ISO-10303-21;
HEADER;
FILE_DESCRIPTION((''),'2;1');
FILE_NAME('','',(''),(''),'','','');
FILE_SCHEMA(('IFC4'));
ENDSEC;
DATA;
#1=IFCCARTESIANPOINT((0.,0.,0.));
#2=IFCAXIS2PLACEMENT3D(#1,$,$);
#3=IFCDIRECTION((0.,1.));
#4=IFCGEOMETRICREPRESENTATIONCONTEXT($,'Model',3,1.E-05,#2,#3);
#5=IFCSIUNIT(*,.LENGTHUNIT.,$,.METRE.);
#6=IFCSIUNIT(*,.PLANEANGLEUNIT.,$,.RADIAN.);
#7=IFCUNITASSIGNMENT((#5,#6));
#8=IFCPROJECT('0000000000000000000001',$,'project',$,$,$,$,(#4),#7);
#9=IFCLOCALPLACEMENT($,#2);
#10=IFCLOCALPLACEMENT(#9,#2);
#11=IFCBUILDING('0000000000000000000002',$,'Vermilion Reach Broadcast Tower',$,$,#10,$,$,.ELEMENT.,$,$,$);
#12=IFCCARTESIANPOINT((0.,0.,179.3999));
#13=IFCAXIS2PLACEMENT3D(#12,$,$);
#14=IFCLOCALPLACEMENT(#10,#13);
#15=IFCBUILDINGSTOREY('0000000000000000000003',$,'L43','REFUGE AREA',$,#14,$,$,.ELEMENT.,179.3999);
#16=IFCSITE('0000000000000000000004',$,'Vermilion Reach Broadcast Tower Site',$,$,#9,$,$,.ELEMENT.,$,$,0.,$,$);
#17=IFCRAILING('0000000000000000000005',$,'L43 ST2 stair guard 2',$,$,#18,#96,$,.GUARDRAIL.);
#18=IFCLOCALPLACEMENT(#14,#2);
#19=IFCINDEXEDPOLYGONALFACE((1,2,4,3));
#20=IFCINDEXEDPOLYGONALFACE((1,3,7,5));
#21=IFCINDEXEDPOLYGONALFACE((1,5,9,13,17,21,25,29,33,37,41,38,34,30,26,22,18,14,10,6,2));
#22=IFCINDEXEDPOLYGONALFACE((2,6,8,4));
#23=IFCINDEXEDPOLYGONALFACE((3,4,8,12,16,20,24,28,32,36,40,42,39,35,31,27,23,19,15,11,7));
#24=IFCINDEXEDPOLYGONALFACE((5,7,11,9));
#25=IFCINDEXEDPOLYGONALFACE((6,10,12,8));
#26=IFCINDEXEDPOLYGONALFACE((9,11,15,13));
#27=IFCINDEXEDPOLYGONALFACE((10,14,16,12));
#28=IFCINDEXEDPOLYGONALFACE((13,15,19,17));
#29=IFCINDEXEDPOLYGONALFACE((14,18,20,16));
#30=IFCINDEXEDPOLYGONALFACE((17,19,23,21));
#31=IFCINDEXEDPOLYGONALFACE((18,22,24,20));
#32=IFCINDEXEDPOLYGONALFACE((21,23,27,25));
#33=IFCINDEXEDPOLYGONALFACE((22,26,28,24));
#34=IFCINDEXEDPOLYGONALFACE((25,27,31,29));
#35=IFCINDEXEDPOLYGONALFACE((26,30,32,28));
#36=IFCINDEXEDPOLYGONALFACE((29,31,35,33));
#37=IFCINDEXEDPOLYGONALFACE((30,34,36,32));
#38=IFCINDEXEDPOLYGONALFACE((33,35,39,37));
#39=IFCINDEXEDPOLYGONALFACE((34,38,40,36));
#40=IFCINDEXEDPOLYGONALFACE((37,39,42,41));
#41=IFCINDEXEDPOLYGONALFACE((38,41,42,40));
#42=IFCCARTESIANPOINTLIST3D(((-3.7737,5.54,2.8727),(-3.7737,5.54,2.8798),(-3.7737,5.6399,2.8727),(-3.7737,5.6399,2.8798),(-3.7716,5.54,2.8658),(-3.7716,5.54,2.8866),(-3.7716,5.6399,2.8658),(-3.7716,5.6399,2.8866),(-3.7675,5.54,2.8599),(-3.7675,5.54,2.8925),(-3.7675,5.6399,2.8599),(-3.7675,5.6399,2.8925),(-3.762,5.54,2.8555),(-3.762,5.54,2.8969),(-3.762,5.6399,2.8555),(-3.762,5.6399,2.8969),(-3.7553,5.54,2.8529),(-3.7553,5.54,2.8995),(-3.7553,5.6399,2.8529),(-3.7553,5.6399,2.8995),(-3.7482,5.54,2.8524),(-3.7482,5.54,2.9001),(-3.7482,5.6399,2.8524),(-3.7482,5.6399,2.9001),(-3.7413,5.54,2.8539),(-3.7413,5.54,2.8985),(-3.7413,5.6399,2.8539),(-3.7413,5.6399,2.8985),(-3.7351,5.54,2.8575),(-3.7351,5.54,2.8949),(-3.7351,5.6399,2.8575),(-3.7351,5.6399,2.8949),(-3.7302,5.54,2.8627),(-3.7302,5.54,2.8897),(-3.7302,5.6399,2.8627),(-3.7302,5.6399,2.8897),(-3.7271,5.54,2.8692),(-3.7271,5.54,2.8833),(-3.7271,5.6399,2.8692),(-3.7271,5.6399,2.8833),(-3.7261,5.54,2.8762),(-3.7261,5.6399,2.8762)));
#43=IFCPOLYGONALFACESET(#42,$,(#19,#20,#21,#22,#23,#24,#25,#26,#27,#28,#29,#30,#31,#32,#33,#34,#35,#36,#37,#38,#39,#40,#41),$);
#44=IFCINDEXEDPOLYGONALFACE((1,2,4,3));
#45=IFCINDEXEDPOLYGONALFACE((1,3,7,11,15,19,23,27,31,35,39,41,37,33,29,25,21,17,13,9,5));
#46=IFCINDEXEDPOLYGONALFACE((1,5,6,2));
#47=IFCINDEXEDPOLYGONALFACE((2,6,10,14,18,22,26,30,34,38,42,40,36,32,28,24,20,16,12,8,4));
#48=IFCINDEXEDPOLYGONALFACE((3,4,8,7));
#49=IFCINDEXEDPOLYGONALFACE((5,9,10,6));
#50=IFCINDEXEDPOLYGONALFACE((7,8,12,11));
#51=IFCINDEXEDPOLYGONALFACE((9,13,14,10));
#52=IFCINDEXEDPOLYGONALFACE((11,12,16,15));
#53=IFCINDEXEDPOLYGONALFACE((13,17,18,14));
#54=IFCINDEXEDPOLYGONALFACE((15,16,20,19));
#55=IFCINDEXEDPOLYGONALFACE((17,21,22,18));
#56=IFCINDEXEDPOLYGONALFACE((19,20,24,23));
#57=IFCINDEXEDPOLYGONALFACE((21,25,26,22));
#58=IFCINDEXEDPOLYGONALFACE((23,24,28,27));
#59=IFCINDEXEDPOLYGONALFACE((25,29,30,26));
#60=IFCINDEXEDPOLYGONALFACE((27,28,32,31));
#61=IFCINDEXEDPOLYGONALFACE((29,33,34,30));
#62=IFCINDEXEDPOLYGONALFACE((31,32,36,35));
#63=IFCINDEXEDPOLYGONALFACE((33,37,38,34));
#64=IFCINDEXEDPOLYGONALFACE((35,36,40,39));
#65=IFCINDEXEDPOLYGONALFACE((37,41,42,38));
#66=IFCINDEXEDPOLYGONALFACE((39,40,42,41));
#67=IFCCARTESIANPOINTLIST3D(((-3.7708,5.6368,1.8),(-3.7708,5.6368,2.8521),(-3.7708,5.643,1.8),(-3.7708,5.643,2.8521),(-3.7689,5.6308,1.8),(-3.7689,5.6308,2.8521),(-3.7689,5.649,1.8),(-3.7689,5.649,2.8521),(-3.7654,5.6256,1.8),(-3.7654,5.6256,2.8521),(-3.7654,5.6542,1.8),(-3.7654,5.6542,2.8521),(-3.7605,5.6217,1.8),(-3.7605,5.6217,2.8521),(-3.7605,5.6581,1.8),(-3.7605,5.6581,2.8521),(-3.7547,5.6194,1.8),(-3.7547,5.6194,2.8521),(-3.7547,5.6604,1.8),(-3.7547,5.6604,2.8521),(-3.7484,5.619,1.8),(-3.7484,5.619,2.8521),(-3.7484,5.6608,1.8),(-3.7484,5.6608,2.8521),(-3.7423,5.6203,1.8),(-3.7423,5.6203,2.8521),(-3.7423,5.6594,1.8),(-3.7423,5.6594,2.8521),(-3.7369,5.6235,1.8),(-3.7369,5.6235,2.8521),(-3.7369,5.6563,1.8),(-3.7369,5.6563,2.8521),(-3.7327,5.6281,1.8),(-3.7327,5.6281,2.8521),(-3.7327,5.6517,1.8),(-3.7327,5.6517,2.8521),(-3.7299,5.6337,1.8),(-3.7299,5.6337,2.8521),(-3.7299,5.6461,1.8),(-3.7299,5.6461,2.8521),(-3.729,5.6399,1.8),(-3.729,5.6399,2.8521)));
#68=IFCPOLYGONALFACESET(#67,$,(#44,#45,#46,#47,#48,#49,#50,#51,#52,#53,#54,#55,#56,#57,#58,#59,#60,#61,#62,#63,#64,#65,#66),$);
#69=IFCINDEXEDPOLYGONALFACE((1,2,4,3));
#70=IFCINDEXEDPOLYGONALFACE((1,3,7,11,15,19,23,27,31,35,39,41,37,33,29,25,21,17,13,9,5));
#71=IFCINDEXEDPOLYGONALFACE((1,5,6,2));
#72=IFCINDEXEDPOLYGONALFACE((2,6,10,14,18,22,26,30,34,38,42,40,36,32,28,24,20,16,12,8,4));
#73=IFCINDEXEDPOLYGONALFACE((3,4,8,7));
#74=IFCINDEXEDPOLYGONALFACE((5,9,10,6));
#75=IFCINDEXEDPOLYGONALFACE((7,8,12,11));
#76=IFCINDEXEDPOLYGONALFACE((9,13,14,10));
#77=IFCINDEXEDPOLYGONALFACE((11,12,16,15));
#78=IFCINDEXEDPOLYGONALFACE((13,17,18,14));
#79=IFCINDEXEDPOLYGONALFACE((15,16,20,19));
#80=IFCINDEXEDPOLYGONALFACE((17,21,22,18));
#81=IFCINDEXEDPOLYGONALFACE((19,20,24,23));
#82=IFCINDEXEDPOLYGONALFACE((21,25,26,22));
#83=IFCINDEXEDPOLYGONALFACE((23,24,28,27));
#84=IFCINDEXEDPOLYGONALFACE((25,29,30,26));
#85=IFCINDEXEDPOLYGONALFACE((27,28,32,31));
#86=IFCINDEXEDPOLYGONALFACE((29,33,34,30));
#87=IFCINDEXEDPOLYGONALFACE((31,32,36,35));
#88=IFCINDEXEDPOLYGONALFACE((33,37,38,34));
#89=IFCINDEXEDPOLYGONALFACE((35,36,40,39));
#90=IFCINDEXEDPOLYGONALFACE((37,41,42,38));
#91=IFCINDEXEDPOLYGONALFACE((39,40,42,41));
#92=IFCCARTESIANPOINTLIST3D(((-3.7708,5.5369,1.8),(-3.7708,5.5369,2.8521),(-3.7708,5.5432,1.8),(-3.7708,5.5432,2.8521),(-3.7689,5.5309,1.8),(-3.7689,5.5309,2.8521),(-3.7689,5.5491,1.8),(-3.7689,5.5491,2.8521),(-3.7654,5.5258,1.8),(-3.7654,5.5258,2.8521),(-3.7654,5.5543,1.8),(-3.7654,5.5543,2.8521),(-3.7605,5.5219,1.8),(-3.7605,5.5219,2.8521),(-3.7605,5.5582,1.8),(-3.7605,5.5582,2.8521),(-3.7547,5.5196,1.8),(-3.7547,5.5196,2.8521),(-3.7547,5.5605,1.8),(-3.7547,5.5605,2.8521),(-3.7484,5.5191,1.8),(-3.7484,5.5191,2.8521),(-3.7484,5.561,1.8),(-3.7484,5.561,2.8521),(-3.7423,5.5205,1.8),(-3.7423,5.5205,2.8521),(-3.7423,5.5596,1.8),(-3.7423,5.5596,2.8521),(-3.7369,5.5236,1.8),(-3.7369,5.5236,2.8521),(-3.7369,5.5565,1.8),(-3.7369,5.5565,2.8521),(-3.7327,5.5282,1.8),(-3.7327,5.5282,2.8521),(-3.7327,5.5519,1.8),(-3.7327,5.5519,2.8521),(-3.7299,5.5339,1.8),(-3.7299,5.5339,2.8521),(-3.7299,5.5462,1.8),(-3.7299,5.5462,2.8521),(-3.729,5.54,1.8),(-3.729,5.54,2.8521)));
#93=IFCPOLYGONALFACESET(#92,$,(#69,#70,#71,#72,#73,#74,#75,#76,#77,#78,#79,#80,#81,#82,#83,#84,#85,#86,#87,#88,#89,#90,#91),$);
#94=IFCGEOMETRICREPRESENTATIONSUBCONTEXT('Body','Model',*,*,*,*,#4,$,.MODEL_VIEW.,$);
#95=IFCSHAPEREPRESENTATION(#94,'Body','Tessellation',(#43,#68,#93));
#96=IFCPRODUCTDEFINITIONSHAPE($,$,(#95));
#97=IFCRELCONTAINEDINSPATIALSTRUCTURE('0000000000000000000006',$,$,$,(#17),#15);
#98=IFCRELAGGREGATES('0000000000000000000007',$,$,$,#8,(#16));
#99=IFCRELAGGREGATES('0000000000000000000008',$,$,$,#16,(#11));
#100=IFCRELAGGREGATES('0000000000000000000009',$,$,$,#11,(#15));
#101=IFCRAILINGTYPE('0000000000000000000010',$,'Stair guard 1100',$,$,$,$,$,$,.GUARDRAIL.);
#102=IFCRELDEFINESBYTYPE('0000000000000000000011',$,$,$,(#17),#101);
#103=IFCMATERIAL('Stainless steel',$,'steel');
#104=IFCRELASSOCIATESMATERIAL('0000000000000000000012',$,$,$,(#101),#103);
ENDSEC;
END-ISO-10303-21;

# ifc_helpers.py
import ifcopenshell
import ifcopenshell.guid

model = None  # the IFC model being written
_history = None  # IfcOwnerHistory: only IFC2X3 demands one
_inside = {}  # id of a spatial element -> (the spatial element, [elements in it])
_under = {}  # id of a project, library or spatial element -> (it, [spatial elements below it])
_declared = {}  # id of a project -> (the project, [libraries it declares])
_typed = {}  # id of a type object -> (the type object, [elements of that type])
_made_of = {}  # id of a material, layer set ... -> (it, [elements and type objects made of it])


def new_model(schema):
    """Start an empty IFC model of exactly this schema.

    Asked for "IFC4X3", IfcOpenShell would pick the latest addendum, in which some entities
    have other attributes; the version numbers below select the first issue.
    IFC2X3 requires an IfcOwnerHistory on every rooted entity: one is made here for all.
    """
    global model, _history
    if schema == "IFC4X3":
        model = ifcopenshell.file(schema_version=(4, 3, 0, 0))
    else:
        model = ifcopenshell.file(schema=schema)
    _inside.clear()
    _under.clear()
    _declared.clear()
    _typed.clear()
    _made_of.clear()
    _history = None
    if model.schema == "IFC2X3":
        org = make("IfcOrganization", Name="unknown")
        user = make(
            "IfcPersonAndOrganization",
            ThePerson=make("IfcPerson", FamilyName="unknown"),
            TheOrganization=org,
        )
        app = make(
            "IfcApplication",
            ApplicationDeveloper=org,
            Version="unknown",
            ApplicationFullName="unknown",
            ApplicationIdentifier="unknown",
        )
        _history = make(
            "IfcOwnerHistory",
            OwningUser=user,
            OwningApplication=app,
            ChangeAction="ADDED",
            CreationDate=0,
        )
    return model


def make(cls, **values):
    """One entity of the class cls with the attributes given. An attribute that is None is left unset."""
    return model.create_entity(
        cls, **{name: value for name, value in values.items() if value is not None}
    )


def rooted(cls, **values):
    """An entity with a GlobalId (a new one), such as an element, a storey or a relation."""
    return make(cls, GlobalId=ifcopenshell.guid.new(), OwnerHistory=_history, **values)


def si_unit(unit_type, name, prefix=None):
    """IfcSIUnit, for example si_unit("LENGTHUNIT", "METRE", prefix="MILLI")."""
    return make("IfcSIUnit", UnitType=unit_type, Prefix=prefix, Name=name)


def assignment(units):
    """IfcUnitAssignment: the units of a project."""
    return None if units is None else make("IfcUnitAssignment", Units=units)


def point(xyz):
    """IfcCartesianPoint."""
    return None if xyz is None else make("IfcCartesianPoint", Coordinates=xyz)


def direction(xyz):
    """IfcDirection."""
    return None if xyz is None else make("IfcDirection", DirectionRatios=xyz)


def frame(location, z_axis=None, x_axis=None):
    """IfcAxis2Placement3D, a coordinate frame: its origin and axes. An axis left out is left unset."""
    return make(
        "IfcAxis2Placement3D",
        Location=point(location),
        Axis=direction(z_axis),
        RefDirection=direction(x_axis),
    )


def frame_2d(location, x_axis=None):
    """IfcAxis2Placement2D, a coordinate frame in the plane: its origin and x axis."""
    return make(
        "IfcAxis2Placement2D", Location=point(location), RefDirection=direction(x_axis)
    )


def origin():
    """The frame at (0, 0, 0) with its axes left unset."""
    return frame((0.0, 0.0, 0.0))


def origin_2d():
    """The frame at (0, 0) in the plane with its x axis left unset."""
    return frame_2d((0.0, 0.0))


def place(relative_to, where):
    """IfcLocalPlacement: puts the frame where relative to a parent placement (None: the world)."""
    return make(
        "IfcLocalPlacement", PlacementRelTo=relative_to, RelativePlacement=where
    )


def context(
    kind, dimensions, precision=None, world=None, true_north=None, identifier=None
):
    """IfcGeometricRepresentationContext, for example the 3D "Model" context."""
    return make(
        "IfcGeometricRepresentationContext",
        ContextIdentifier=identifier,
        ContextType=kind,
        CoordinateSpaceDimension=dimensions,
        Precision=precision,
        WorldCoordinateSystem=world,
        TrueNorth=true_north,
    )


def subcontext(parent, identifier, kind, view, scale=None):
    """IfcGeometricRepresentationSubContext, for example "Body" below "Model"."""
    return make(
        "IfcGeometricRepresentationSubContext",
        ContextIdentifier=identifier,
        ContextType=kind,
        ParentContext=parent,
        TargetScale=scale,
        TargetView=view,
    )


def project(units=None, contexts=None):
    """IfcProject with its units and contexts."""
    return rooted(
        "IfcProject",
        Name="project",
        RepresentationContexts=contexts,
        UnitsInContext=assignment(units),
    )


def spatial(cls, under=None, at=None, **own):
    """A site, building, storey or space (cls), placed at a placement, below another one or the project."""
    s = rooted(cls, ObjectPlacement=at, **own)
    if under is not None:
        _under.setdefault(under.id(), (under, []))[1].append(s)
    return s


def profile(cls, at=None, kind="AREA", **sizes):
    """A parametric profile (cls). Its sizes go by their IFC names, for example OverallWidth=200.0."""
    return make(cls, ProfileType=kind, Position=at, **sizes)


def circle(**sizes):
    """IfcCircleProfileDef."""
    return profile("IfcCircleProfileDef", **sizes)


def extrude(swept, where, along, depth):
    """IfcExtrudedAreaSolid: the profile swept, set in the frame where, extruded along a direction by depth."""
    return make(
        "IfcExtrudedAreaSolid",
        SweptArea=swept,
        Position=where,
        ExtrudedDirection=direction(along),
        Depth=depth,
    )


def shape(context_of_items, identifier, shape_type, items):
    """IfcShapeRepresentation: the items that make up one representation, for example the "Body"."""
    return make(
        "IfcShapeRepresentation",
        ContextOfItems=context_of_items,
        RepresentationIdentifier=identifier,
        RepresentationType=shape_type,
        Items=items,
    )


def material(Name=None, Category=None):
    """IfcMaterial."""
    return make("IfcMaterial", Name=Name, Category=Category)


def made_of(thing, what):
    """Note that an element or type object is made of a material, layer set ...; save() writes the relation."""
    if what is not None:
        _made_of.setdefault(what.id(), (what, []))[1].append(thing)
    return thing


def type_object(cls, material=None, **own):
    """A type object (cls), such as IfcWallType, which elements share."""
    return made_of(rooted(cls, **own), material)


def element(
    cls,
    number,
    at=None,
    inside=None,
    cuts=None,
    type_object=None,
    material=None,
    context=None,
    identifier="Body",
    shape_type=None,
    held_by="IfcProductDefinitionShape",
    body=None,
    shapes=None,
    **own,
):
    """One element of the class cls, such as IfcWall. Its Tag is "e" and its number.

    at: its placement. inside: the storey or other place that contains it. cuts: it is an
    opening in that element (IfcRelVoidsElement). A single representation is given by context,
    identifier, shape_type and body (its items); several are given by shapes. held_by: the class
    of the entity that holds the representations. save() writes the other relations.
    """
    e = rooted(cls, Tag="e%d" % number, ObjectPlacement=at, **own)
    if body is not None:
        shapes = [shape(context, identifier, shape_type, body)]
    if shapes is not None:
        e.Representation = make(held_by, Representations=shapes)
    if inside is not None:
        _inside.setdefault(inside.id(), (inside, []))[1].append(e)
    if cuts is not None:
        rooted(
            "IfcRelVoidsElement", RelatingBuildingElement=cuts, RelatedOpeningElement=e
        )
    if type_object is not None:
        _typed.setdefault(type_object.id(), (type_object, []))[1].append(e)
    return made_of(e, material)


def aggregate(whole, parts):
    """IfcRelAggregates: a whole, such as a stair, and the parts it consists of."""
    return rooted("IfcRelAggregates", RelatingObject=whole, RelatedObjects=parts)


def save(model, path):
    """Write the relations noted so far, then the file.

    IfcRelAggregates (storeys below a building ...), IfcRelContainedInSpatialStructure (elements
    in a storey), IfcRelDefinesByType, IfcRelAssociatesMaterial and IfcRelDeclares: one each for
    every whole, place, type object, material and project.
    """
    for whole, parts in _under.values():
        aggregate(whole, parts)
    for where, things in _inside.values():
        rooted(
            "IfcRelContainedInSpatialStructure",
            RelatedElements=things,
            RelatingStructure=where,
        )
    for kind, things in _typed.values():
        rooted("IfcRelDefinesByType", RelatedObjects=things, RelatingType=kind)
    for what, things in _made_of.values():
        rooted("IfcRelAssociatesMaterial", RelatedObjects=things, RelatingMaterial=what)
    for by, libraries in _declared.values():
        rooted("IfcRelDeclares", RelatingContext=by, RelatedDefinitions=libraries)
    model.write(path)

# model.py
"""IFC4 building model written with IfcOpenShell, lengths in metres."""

from ifc_helpers import new_model, si_unit, direction, frame, origin, origin_2d, place, context, subcontext, project, spatial, circle, extrude, material, type_object, element, save


model = new_model("IFC4")

# Units and contexts
model_context = context("Model", 3, precision=1e-05, world=origin(), true_north=direction((0.0, 1.0)))
body_context = subcontext(model_context, "Body", "Model", "MODEL_VIEW")
ifc_project = project(units=[si_unit("LENGTHUNIT", "METRE"), si_unit("PLANEANGLEUNIT", "RADIAN")], contexts=[model_context])

# Site, building, storey
site_placement = place(None, origin())
site = spatial("IfcSite", under=ifc_project, at=site_placement, Name="Vermilion Reach Broadcast Tower Site", CompositionType="ELEMENT", RefElevation=0.0)
building_placement = place(site_placement, origin())
building = spatial("IfcBuilding", under=site, at=building_placement, Name="Vermilion Reach Broadcast Tower", CompositionType="ELEMENT")
storey_placement = place(building_placement, frame((0.0, 0.0, 179.3999)))
storey = spatial("IfcBuildingStorey", under=building, at=storey_placement, Name="L43", Description="REFUGE AREA", CompositionType="ELEMENT", Elevation=179.3999)

# Railing
ifc_material_1 = material(Name="Stainless steel", Category="steel")
railing_type_1 = type_object("IfcRailingType", Name="Stair guard 1100", PredefinedType="GUARDRAIL", material=ifc_material_1)
railing_1_placement = place(storey_placement, frame((-3.75, 5.6399, 1.8)))
element("IfcRailing", 1, at=railing_1_placement, inside=storey, type_object=railing_type_1, Name="L43 ST2 stair guard 2", PredefinedType="GUARDRAIL", context=body_context, shape_type="SweptSolid", body=[
    extrude(circle(Radius=0.0239, at=origin_2d()), frame((0.0, 0.0, 1.0762), z_axis=(0.0, -1.0, 0.0), x_axis=(1.0, 0.0, 0.0)), (0.0, 0.0, 1.0), 0.0999),
    extrude(circle(Radius=0.021, at=origin_2d()), origin(), (0.0, 0.0, 1.0), 1.052),
    extrude(circle(Radius=0.021, at=origin_2d()), frame((0.0, -0.0999, 0.0)), (0.0, 0.0, 1.0), 1.052),
])

save(model, "model.ifc")
